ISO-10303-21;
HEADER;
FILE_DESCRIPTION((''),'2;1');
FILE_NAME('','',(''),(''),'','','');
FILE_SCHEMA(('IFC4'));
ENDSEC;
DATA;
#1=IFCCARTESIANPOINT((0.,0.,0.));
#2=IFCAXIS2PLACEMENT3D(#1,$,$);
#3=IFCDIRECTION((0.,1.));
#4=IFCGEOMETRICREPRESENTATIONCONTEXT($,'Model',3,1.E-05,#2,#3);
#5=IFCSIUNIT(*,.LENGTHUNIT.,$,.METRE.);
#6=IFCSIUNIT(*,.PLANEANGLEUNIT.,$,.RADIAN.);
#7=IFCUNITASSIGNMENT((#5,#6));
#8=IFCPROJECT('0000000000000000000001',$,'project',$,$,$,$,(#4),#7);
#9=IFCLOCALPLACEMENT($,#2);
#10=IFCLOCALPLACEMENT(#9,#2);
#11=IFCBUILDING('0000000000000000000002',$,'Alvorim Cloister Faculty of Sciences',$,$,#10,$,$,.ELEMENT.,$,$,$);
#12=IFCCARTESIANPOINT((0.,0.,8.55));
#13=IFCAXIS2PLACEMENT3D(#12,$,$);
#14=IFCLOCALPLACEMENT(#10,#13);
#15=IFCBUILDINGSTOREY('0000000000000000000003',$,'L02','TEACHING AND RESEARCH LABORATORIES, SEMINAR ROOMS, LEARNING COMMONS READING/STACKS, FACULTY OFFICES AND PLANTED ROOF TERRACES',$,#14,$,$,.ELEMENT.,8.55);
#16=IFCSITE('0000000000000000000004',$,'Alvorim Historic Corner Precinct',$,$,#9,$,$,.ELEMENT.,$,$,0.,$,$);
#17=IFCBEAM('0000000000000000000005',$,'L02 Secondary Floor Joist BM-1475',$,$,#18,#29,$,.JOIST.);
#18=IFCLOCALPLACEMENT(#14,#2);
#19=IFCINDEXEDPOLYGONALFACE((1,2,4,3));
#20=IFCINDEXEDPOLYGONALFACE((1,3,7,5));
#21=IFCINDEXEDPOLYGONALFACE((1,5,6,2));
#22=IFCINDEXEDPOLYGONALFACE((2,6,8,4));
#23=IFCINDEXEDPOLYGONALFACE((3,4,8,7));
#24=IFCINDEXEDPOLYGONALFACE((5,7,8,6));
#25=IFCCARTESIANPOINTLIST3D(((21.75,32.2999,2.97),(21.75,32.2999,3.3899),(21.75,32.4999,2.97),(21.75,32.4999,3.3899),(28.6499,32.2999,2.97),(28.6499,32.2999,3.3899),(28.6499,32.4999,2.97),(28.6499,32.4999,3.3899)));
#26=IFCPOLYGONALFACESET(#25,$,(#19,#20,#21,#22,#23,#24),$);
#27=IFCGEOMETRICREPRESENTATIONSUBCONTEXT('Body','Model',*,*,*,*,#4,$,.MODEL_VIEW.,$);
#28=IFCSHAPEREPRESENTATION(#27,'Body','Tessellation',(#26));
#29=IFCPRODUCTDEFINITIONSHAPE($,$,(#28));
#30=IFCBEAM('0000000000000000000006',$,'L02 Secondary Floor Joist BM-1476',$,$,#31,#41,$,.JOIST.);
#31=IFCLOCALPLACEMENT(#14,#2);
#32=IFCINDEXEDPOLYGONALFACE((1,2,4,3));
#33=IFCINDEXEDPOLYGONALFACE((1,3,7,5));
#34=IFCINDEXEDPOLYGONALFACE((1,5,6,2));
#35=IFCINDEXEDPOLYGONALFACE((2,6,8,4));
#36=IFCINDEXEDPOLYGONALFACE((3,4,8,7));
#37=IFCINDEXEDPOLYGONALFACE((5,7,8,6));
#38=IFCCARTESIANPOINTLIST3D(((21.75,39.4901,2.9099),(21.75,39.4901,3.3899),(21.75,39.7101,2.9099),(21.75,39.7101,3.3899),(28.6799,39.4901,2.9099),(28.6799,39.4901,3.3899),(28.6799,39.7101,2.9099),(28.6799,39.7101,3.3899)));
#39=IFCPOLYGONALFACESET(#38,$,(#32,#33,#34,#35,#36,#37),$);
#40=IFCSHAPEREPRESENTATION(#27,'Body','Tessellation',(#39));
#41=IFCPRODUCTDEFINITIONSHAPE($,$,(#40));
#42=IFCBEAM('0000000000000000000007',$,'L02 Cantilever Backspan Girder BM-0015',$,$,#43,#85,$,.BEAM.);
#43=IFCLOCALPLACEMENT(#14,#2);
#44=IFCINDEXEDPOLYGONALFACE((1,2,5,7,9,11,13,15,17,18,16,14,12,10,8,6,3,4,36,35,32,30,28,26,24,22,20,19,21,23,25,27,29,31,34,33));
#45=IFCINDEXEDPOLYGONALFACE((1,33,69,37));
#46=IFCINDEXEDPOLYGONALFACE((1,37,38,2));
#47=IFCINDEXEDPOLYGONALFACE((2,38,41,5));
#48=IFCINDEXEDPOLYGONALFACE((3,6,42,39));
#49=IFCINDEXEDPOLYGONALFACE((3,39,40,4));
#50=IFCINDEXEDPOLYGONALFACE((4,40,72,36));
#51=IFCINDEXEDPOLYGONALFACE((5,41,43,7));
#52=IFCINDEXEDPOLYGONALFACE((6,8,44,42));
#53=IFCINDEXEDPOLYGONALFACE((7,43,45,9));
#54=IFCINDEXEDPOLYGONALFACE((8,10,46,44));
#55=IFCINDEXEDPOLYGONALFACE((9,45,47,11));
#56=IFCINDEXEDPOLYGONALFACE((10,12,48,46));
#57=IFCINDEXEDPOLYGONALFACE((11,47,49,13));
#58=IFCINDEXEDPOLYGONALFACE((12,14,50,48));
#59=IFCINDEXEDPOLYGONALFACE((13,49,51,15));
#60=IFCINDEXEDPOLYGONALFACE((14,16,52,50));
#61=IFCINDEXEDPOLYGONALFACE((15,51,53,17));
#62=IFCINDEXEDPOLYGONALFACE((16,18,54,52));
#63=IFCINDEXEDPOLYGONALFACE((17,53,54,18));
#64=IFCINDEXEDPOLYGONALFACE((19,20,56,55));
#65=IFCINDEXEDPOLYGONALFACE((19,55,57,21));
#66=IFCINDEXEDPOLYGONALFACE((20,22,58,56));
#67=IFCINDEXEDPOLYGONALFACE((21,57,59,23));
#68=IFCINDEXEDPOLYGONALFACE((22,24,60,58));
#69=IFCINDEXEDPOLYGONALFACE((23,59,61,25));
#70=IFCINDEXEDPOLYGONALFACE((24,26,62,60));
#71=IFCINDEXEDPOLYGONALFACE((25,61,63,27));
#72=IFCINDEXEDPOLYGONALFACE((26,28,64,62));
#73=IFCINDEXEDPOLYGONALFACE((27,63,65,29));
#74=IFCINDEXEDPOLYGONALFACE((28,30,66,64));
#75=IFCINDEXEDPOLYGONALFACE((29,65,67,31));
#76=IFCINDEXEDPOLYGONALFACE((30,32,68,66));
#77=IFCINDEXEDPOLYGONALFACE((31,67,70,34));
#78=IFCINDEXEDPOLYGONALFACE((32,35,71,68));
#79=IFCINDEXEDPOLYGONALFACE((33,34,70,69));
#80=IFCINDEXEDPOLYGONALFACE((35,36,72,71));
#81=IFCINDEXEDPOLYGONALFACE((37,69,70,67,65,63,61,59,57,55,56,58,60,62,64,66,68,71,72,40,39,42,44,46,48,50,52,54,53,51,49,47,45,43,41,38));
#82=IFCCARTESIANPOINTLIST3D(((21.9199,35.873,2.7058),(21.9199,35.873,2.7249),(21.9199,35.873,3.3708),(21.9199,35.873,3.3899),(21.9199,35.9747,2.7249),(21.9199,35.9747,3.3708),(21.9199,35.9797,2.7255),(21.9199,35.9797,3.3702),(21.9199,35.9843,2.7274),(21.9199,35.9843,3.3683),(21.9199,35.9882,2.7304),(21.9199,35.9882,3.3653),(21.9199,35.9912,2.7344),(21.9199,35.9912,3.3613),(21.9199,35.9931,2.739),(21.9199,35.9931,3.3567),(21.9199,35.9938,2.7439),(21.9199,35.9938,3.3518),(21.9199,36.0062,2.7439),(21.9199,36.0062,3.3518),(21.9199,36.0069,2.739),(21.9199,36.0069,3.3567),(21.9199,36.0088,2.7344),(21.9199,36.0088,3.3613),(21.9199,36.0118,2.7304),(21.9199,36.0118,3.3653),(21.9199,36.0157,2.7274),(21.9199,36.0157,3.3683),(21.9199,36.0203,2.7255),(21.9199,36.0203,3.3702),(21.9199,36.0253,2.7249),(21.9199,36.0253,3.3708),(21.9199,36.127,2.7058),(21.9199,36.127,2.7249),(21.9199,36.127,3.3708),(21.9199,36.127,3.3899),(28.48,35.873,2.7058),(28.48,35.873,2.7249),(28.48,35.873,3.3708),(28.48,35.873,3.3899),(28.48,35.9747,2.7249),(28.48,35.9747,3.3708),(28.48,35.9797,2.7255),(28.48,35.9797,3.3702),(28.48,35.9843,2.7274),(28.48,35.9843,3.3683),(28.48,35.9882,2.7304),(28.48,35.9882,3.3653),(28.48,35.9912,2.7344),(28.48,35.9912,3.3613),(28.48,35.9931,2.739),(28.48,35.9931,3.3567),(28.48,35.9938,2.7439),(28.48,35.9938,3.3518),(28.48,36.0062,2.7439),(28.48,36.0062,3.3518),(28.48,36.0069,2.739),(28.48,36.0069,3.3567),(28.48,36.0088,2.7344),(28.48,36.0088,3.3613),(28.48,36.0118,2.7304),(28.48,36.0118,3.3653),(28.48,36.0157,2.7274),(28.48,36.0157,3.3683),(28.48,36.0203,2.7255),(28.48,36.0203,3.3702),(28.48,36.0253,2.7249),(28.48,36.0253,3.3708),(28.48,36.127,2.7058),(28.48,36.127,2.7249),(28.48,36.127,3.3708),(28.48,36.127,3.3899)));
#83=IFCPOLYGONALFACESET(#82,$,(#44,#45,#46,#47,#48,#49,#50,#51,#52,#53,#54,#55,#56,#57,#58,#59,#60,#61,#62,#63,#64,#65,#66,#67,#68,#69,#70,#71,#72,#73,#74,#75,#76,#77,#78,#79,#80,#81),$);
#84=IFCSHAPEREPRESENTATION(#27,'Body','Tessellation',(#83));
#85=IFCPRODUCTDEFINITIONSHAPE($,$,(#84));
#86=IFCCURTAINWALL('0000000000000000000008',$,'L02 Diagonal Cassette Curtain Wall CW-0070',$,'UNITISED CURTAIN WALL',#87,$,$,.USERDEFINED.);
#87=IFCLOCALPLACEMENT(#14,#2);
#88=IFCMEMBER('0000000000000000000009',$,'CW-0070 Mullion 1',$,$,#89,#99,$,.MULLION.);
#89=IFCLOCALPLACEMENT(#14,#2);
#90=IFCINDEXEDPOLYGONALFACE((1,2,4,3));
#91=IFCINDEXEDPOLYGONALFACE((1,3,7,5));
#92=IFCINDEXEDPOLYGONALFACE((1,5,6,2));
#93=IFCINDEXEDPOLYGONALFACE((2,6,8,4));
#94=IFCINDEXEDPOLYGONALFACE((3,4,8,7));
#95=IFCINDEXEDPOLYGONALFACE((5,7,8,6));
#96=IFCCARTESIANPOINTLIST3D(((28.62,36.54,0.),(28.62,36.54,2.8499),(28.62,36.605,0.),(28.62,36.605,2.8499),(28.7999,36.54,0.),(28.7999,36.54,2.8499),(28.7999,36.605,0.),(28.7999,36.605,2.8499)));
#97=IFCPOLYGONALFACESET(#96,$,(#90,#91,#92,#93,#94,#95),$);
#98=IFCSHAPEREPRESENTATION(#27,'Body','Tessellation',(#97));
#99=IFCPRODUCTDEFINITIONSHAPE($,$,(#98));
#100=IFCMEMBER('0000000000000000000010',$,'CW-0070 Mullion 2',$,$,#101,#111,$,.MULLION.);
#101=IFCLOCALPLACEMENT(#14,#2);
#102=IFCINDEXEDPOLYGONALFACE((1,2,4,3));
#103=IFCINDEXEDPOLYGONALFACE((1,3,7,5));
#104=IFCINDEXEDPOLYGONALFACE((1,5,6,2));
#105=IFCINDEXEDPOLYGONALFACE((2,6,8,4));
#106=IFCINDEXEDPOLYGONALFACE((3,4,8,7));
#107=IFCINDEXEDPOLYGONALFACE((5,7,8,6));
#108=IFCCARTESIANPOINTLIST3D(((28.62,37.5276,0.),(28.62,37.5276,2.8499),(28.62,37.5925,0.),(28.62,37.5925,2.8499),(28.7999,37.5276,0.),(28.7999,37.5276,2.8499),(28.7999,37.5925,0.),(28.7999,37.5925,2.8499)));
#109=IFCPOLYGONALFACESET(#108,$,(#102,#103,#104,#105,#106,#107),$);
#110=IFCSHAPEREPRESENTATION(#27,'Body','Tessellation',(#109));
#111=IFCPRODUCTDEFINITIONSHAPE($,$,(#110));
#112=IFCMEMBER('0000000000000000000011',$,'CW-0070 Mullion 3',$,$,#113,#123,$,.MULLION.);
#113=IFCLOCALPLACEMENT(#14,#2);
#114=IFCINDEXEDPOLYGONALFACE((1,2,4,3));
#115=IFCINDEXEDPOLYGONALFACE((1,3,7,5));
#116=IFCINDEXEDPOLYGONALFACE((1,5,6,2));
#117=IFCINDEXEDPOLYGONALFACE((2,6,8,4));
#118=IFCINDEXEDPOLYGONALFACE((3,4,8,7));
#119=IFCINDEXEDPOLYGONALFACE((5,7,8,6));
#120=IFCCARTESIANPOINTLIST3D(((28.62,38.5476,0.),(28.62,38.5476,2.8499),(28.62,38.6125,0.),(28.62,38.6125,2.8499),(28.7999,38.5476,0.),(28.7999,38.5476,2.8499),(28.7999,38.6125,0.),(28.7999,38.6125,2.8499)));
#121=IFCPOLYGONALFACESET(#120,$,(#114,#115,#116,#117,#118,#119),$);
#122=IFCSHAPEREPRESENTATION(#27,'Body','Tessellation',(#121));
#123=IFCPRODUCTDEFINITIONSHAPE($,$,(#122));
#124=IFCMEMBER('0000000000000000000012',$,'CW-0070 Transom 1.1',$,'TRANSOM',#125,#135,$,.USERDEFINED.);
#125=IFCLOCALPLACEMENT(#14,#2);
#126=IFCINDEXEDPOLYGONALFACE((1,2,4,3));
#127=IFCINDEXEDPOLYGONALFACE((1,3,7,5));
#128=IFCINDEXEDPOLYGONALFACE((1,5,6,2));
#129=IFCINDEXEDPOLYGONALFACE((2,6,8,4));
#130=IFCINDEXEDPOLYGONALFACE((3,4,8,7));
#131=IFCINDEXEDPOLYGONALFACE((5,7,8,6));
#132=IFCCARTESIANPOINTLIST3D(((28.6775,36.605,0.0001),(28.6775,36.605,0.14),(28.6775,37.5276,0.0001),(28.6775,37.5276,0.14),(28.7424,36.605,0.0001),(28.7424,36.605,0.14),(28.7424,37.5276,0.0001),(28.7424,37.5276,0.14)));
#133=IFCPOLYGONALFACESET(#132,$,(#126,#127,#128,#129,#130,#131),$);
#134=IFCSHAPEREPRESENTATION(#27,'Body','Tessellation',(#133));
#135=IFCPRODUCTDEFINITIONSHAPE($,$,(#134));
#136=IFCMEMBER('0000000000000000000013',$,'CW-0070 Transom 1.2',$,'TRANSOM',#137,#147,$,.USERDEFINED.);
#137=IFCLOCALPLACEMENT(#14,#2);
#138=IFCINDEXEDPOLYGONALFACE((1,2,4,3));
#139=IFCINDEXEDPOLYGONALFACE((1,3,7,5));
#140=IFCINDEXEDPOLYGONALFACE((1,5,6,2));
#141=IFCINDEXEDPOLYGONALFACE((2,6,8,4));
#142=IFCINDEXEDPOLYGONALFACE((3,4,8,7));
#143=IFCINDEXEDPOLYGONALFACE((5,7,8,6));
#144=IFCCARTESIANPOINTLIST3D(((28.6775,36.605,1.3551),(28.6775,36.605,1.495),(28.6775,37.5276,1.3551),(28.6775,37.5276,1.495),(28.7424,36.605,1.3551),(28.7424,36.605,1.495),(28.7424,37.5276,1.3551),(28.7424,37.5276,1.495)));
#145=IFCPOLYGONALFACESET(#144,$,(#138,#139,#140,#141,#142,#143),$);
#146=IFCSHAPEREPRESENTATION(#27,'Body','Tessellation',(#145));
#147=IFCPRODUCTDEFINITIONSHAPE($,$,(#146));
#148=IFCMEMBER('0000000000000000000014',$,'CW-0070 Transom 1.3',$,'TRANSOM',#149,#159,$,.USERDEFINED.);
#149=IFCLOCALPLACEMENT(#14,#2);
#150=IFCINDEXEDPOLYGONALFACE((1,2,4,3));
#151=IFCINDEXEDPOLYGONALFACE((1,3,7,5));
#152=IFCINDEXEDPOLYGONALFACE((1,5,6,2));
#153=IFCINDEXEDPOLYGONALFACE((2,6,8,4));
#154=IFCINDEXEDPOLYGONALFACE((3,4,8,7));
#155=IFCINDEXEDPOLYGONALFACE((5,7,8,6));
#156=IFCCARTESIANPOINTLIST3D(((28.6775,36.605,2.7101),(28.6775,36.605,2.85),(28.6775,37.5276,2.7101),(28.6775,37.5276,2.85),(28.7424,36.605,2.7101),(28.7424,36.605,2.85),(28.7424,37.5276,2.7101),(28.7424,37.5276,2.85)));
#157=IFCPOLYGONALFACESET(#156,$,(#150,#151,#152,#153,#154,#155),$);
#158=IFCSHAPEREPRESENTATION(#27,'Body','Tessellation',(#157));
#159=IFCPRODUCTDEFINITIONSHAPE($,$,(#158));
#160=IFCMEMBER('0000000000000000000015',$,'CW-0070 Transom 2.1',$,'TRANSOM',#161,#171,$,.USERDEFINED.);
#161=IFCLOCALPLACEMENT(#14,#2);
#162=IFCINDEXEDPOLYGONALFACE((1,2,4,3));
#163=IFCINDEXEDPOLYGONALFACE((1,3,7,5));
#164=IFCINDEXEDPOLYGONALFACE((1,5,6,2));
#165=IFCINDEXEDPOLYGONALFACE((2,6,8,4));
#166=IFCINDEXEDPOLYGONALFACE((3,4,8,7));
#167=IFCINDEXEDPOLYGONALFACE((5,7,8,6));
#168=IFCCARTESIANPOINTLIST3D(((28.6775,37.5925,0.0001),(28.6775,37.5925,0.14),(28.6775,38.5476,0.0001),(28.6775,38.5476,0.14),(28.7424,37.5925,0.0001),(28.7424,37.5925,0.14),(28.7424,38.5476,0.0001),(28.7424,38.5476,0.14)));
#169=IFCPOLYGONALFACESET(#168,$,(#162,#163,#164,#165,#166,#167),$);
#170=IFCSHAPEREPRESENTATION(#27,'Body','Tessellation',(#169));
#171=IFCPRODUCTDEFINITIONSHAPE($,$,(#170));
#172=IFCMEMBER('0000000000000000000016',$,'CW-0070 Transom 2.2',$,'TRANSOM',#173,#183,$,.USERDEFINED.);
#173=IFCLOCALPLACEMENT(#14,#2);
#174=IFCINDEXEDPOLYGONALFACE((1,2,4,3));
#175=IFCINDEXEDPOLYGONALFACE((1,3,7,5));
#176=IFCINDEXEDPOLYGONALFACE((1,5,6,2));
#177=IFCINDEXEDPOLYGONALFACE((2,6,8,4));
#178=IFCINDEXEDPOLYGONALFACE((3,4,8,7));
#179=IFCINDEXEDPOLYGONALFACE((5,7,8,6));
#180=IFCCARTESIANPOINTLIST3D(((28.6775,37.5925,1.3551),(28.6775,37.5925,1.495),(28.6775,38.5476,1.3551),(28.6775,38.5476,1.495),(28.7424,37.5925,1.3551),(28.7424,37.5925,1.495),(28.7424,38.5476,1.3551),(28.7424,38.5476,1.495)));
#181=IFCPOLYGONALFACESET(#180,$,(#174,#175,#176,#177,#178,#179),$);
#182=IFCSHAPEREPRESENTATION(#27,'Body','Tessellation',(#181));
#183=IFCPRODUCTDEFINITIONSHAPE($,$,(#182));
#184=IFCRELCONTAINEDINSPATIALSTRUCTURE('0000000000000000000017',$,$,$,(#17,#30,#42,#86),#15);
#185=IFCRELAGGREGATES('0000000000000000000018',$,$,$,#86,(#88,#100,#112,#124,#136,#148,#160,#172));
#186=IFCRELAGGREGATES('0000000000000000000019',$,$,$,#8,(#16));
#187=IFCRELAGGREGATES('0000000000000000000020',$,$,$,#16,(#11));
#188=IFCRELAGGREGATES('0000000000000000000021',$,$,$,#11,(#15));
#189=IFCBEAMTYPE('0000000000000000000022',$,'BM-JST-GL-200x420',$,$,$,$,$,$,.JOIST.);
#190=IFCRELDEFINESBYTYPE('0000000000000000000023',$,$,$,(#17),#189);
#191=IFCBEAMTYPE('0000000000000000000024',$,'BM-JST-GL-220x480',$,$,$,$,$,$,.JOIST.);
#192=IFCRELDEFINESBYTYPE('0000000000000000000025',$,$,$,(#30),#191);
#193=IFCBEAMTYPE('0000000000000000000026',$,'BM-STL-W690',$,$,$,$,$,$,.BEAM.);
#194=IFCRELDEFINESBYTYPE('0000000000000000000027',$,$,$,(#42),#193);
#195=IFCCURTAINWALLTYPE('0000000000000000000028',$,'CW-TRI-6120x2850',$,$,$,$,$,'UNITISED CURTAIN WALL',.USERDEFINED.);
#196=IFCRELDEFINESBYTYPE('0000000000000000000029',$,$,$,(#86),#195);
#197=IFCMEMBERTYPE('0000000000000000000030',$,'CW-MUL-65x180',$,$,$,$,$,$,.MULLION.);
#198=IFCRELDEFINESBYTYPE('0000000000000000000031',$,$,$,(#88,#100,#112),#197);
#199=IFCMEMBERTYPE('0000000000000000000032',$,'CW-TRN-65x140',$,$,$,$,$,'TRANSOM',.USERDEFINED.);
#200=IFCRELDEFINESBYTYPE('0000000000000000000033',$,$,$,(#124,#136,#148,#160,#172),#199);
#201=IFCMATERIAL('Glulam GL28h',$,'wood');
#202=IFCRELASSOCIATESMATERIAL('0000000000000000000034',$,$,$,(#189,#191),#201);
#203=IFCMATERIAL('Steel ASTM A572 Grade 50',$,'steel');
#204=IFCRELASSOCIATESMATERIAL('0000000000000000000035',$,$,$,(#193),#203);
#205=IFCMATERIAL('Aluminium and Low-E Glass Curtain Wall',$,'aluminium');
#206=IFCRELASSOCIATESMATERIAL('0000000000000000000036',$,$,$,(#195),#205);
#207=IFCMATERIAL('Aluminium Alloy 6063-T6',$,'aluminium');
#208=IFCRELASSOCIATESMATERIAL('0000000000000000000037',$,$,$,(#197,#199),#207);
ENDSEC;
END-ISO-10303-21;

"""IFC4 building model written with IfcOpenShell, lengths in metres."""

from ifc_helpers import new_model, si_unit, direction, frame, origin, origin_2d, place, context, subcontext, project, spatial, rectangle, i_section, extrude, material, material_profile, profile_set, type_object, element, aggregate, save


model = new_model("IFC4")

# Units and contexts
model_context = context("Model", 3, precision=1e-05, world=origin(), true_north=direction((0.0, 1.0)))
body_context = subcontext(model_context, "Body", "Model", "MODEL_VIEW")
ifc_project = project(units=[si_unit("LENGTHUNIT", "METRE"), si_unit("PLANEANGLEUNIT", "RADIAN")], contexts=[model_context])

# Site, building, storey
site_placement = place(None, origin())
site = spatial("IfcSite", under=ifc_project, at=site_placement, Name="Alvorim Historic Corner Precinct", CompositionType="ELEMENT", RefElevation=0.0)
building_placement = place(site_placement, origin())
building = spatial("IfcBuilding", under=site, at=building_placement, Name="Alvorim Cloister Faculty of Sciences", CompositionType="ELEMENT")
storey_placement = place(building_placement, frame((0.0, 0.0, 8.55)))
storey = spatial("IfcBuildingStorey", under=building, at=storey_placement, Name="L02", Description="TEACHING AND RESEARCH LABORATORIES, SEMINAR ROOMS, LEARNING COMMONS READING/STACKS, FACULTY OFFICES AND PLANTED ROOF TERRACES", CompositionType="ELEMENT", Elevation=8.55)

# Beams
ifc_material_1 = material(Name="Glulam GL28h", Category="wood")
ifc_material_profile_1 = material_profile(ifc_material_1, rectangle(XDim=0.2, YDim=0.4199, at=origin_2d()), Name="GL28-JST-200x420")
ifc_profile_set_1 = profile_set([ifc_material_profile_1], Name="Glulam GL28h")
beam_type_1 = type_object("IfcBeamType", Name="BM-JST-GL-200x420", PredefinedType="JOIST", material=ifc_profile_set_1)
beam_1_placement = place(storey_placement, frame((21.75, 32.3999, 3.1799), z_axis=(1.0, 0.0, 0.0), x_axis=(0.0, 1.0, 0.0)))
element("IfcBeam", 1, at=beam_1_placement, inside=storey, type_object=beam_type_1, Name="L02 Secondary Floor Joist BM-1475", PredefinedType="JOIST", context=body_context, shape_type="SweptSolid", body=[
    extrude(rectangle(XDim=0.2, YDim=0.4199, at=origin_2d()), origin(), (0.0, 0.0, 1.0), 6.8999),
])
ifc_material_profile_2 = material_profile(ifc_material_1, rectangle(XDim=0.22, YDim=0.48, at=origin_2d()), Name="GL28-JST-220x480")
ifc_profile_set_2 = profile_set([ifc_material_profile_2], Name="Glulam GL28h")
beam_type_2 = type_object("IfcBeamType", Name="BM-JST-GL-220x480", PredefinedType="JOIST", material=ifc_profile_set_2)
beam_2_placement = place(storey_placement, frame((21.75, 39.6001, 3.1499), z_axis=(1.0, 0.0, 0.0), x_axis=(0.0, 1.0, 0.0)))
element("IfcBeam", 2, at=beam_2_placement, inside=storey, type_object=beam_type_2, Name="L02 Secondary Floor Joist BM-1476", PredefinedType="JOIST", context=body_context, shape_type="SweptSolid", body=[
    extrude(rectangle(XDim=0.22, YDim=0.48, at=origin_2d()), origin(), (0.0, 0.0, 1.0), 6.9299),
])
ifc_material_2 = material(Name="Steel ASTM A572 Grade 50", Category="steel")
ifc_material_profile_3 = material_profile(ifc_material_2, i_section(OverallWidth=0.2539, OverallDepth=0.6841, WebThickness=0.0125, FlangeThickness=0.019, FilletRadius=0.019, at=origin_2d()), Name="W690x140.0")
ifc_profile_set_3 = profile_set([ifc_material_profile_3], Name="Steel ASTM A572 Grade 50")
beam_type_3 = type_object("IfcBeamType", Name="BM-STL-W690", PredefinedType="BEAM", material=ifc_profile_set_3)
beam_3_placement = place(storey_placement, frame((21.9199, 36.0, 3.0479), z_axis=(1.0, 0.0, 0.0), x_axis=(0.0, 1.0, 0.0)))
element("IfcBeam", 3, at=beam_3_placement, inside=storey, type_object=beam_type_3, Name="L02 Cantilever Backspan Girder BM-0015", PredefinedType="BEAM", context=body_context, shape_type="SweptSolid", body=[
    extrude(i_section(OverallWidth=0.2539, OverallDepth=0.6841, WebThickness=0.0125, FlangeThickness=0.019, FilletRadius=0.019, at=origin_2d()), origin(), (0.0, 0.0, 1.0), 6.5601),
])

# Curtain wall, members
ifc_material_3 = material(Name="Aluminium and Low-E Glass Curtain Wall", Category="aluminium")
curtain_wall_type = type_object("IfcCurtainWallType", Name="CW-TRI-6120x2850", ElementType="UNITISED CURTAIN WALL", PredefinedType="USERDEFINED", material=ifc_material_3)
curtain_wall_placement = place(storey_placement, origin())
curtain_wall = element("IfcCurtainWall", 4, at=curtain_wall_placement, inside=storey, type_object=curtain_wall_type, Name="L02 Diagonal Cassette Curtain Wall CW-0070", ObjectType="UNITISED CURTAIN WALL", PredefinedType="USERDEFINED")
ifc_material_4 = material(Name="Aluminium Alloy 6063-T6", Category="aluminium")
ifc_material_profile_4 = material_profile(ifc_material_4, rectangle(XDim=0.0649, YDim=0.1799, at=origin_2d()), Name="ALU-MUL-65x180")
ifc_profile_set_4 = profile_set([ifc_material_profile_4], Name="Aluminium Alloy 6063-T6")
member_type_1 = type_object("IfcMemberType", Name="CW-MUL-65x180", PredefinedType="MULLION", material=ifc_profile_set_4)
member_1_placement = place(storey_placement, frame((28.71, 36.5725, 0.0), z_axis=(0.0, 0.0, 1.0), x_axis=(0.0, 1.0, 0.0)))
member_1 = element("IfcMember", 5, at=member_1_placement, type_object=member_type_1, Name="CW-0070 Mullion 1", PredefinedType="MULLION", context=body_context, shape_type="SweptSolid", body=[
    extrude(rectangle(XDim=0.0649, YDim=0.1799, at=origin_2d()), origin(), (0.0, 0.0, 1.0), 2.8499),
])
member_2_placement = place(storey_placement, frame((28.71, 37.5601, 0.0), z_axis=(0.0, 0.0, 1.0), x_axis=(0.0, 1.0, 0.0)))
member_2 = element("IfcMember", 6, at=member_2_placement, type_object=member_type_1, Name="CW-0070 Mullion 2", PredefinedType="MULLION", context=body_context, shape_type="SweptSolid", body=[
    extrude(rectangle(XDim=0.0649, YDim=0.1799, at=origin_2d()), origin(), (0.0, 0.0, 1.0), 2.8499),
])
member_3_placement = place(storey_placement, frame((28.71, 38.5801, 0.0), z_axis=(0.0, 0.0, 1.0), x_axis=(0.0, 1.0, 0.0)))
member_3 = element("IfcMember", 7, at=member_3_placement, type_object=member_type_1, Name="CW-0070 Mullion 3", PredefinedType="MULLION", context=body_context, shape_type="SweptSolid", body=[
    extrude(rectangle(XDim=0.0649, YDim=0.1799, at=origin_2d()), origin(), (0.0, 0.0, 1.0), 2.8499),
])
ifc_material_profile_5 = material_profile(ifc_material_4, rectangle(XDim=0.0649, YDim=0.1399, at=origin_2d()), Name="ALU-TRN-65x140")
ifc_profile_set_5 = profile_set([ifc_material_profile_5], Name="Aluminium Alloy 6063-T6")
member_type_2 = type_object("IfcMemberType", Name="CW-TRN-65x140", ElementType="TRANSOM", PredefinedType="USERDEFINED", material=ifc_profile_set_5)
member_4_placement = place(storey_placement, frame((28.71, 36.605, 0.0701), z_axis=(0.0, 1.0, 0.0), x_axis=(-1.0, 0.0, 0.0)))
member_4 = element("IfcMember", 8, at=member_4_placement, type_object=member_type_2, Name="CW-0070 Transom 1.1", ObjectType="TRANSOM", PredefinedType="USERDEFINED", context=body_context, shape_type="SweptSolid", body=[
    extrude(rectangle(XDim=0.0649, YDim=0.1399, at=origin_2d()), origin(), (0.0, 0.0, 1.0), 0.9226),
])
member_5_placement = place(storey_placement, frame((28.71, 36.605, 1.425), z_axis=(0.0, 1.0, 0.0), x_axis=(-1.0, 0.0, 0.0)))
member_5 = element("IfcMember", 9, at=member_5_placement, type_object=member_type_2, Name="CW-0070 Transom 1.2", ObjectType="TRANSOM", PredefinedType="USERDEFINED", context=body_context, shape_type="SweptSolid", body=[
    extrude(rectangle(XDim=0.0649, YDim=0.1399, at=origin_2d()), origin(), (0.0, 0.0, 1.0), 0.9226),
])
member_6_placement = place(storey_placement, frame((28.71, 36.605, 2.78), z_axis=(0.0, 1.0, 0.0), x_axis=(-1.0, 0.0, 0.0)))
member_6 = element("IfcMember", 10, at=member_6_placement, type_object=member_type_2, Name="CW-0070 Transom 1.3", ObjectType="TRANSOM", PredefinedType="USERDEFINED", context=body_context, shape_type="SweptSolid", body=[
    extrude(rectangle(XDim=0.0649, YDim=0.1399, at=origin_2d()), origin(), (0.0, 0.0, 1.0), 0.9226),
])
member_7_placement = place(storey_placement, frame((28.71, 37.5925, 0.0701), z_axis=(0.0, 1.0, 0.0), x_axis=(-1.0, 0.0, 0.0)))
member_7 = element("IfcMember", 11, at=member_7_placement, type_object=member_type_2, Name="CW-0070 Transom 2.1", ObjectType="TRANSOM", PredefinedType="USERDEFINED", context=body_context, shape_type="SweptSolid", body=[
    extrude(rectangle(XDim=0.0649, YDim=0.1399, at=origin_2d()), origin(), (0.0, 0.0, 1.0), 0.9551),
])
member_8_placement = place(storey_placement, frame((28.71, 37.5925, 1.425), z_axis=(0.0, 1.0, 0.0), x_axis=(-1.0, 0.0, 0.0)))
member_8 = element("IfcMember", 12, at=member_8_placement, type_object=member_type_2, Name="CW-0070 Transom 2.2", ObjectType="TRANSOM", PredefinedType="USERDEFINED", context=body_context, shape_type="SweptSolid", body=[
    extrude(rectangle(XDim=0.0649, YDim=0.1399, at=origin_2d()), origin(), (0.0, 0.0, 1.0), 0.9551),
])
aggregate(curtain_wall, [member_1, member_2, member_3, member_4, member_5, member_6, member_7, member_8])

save(model, "model.ifc")
